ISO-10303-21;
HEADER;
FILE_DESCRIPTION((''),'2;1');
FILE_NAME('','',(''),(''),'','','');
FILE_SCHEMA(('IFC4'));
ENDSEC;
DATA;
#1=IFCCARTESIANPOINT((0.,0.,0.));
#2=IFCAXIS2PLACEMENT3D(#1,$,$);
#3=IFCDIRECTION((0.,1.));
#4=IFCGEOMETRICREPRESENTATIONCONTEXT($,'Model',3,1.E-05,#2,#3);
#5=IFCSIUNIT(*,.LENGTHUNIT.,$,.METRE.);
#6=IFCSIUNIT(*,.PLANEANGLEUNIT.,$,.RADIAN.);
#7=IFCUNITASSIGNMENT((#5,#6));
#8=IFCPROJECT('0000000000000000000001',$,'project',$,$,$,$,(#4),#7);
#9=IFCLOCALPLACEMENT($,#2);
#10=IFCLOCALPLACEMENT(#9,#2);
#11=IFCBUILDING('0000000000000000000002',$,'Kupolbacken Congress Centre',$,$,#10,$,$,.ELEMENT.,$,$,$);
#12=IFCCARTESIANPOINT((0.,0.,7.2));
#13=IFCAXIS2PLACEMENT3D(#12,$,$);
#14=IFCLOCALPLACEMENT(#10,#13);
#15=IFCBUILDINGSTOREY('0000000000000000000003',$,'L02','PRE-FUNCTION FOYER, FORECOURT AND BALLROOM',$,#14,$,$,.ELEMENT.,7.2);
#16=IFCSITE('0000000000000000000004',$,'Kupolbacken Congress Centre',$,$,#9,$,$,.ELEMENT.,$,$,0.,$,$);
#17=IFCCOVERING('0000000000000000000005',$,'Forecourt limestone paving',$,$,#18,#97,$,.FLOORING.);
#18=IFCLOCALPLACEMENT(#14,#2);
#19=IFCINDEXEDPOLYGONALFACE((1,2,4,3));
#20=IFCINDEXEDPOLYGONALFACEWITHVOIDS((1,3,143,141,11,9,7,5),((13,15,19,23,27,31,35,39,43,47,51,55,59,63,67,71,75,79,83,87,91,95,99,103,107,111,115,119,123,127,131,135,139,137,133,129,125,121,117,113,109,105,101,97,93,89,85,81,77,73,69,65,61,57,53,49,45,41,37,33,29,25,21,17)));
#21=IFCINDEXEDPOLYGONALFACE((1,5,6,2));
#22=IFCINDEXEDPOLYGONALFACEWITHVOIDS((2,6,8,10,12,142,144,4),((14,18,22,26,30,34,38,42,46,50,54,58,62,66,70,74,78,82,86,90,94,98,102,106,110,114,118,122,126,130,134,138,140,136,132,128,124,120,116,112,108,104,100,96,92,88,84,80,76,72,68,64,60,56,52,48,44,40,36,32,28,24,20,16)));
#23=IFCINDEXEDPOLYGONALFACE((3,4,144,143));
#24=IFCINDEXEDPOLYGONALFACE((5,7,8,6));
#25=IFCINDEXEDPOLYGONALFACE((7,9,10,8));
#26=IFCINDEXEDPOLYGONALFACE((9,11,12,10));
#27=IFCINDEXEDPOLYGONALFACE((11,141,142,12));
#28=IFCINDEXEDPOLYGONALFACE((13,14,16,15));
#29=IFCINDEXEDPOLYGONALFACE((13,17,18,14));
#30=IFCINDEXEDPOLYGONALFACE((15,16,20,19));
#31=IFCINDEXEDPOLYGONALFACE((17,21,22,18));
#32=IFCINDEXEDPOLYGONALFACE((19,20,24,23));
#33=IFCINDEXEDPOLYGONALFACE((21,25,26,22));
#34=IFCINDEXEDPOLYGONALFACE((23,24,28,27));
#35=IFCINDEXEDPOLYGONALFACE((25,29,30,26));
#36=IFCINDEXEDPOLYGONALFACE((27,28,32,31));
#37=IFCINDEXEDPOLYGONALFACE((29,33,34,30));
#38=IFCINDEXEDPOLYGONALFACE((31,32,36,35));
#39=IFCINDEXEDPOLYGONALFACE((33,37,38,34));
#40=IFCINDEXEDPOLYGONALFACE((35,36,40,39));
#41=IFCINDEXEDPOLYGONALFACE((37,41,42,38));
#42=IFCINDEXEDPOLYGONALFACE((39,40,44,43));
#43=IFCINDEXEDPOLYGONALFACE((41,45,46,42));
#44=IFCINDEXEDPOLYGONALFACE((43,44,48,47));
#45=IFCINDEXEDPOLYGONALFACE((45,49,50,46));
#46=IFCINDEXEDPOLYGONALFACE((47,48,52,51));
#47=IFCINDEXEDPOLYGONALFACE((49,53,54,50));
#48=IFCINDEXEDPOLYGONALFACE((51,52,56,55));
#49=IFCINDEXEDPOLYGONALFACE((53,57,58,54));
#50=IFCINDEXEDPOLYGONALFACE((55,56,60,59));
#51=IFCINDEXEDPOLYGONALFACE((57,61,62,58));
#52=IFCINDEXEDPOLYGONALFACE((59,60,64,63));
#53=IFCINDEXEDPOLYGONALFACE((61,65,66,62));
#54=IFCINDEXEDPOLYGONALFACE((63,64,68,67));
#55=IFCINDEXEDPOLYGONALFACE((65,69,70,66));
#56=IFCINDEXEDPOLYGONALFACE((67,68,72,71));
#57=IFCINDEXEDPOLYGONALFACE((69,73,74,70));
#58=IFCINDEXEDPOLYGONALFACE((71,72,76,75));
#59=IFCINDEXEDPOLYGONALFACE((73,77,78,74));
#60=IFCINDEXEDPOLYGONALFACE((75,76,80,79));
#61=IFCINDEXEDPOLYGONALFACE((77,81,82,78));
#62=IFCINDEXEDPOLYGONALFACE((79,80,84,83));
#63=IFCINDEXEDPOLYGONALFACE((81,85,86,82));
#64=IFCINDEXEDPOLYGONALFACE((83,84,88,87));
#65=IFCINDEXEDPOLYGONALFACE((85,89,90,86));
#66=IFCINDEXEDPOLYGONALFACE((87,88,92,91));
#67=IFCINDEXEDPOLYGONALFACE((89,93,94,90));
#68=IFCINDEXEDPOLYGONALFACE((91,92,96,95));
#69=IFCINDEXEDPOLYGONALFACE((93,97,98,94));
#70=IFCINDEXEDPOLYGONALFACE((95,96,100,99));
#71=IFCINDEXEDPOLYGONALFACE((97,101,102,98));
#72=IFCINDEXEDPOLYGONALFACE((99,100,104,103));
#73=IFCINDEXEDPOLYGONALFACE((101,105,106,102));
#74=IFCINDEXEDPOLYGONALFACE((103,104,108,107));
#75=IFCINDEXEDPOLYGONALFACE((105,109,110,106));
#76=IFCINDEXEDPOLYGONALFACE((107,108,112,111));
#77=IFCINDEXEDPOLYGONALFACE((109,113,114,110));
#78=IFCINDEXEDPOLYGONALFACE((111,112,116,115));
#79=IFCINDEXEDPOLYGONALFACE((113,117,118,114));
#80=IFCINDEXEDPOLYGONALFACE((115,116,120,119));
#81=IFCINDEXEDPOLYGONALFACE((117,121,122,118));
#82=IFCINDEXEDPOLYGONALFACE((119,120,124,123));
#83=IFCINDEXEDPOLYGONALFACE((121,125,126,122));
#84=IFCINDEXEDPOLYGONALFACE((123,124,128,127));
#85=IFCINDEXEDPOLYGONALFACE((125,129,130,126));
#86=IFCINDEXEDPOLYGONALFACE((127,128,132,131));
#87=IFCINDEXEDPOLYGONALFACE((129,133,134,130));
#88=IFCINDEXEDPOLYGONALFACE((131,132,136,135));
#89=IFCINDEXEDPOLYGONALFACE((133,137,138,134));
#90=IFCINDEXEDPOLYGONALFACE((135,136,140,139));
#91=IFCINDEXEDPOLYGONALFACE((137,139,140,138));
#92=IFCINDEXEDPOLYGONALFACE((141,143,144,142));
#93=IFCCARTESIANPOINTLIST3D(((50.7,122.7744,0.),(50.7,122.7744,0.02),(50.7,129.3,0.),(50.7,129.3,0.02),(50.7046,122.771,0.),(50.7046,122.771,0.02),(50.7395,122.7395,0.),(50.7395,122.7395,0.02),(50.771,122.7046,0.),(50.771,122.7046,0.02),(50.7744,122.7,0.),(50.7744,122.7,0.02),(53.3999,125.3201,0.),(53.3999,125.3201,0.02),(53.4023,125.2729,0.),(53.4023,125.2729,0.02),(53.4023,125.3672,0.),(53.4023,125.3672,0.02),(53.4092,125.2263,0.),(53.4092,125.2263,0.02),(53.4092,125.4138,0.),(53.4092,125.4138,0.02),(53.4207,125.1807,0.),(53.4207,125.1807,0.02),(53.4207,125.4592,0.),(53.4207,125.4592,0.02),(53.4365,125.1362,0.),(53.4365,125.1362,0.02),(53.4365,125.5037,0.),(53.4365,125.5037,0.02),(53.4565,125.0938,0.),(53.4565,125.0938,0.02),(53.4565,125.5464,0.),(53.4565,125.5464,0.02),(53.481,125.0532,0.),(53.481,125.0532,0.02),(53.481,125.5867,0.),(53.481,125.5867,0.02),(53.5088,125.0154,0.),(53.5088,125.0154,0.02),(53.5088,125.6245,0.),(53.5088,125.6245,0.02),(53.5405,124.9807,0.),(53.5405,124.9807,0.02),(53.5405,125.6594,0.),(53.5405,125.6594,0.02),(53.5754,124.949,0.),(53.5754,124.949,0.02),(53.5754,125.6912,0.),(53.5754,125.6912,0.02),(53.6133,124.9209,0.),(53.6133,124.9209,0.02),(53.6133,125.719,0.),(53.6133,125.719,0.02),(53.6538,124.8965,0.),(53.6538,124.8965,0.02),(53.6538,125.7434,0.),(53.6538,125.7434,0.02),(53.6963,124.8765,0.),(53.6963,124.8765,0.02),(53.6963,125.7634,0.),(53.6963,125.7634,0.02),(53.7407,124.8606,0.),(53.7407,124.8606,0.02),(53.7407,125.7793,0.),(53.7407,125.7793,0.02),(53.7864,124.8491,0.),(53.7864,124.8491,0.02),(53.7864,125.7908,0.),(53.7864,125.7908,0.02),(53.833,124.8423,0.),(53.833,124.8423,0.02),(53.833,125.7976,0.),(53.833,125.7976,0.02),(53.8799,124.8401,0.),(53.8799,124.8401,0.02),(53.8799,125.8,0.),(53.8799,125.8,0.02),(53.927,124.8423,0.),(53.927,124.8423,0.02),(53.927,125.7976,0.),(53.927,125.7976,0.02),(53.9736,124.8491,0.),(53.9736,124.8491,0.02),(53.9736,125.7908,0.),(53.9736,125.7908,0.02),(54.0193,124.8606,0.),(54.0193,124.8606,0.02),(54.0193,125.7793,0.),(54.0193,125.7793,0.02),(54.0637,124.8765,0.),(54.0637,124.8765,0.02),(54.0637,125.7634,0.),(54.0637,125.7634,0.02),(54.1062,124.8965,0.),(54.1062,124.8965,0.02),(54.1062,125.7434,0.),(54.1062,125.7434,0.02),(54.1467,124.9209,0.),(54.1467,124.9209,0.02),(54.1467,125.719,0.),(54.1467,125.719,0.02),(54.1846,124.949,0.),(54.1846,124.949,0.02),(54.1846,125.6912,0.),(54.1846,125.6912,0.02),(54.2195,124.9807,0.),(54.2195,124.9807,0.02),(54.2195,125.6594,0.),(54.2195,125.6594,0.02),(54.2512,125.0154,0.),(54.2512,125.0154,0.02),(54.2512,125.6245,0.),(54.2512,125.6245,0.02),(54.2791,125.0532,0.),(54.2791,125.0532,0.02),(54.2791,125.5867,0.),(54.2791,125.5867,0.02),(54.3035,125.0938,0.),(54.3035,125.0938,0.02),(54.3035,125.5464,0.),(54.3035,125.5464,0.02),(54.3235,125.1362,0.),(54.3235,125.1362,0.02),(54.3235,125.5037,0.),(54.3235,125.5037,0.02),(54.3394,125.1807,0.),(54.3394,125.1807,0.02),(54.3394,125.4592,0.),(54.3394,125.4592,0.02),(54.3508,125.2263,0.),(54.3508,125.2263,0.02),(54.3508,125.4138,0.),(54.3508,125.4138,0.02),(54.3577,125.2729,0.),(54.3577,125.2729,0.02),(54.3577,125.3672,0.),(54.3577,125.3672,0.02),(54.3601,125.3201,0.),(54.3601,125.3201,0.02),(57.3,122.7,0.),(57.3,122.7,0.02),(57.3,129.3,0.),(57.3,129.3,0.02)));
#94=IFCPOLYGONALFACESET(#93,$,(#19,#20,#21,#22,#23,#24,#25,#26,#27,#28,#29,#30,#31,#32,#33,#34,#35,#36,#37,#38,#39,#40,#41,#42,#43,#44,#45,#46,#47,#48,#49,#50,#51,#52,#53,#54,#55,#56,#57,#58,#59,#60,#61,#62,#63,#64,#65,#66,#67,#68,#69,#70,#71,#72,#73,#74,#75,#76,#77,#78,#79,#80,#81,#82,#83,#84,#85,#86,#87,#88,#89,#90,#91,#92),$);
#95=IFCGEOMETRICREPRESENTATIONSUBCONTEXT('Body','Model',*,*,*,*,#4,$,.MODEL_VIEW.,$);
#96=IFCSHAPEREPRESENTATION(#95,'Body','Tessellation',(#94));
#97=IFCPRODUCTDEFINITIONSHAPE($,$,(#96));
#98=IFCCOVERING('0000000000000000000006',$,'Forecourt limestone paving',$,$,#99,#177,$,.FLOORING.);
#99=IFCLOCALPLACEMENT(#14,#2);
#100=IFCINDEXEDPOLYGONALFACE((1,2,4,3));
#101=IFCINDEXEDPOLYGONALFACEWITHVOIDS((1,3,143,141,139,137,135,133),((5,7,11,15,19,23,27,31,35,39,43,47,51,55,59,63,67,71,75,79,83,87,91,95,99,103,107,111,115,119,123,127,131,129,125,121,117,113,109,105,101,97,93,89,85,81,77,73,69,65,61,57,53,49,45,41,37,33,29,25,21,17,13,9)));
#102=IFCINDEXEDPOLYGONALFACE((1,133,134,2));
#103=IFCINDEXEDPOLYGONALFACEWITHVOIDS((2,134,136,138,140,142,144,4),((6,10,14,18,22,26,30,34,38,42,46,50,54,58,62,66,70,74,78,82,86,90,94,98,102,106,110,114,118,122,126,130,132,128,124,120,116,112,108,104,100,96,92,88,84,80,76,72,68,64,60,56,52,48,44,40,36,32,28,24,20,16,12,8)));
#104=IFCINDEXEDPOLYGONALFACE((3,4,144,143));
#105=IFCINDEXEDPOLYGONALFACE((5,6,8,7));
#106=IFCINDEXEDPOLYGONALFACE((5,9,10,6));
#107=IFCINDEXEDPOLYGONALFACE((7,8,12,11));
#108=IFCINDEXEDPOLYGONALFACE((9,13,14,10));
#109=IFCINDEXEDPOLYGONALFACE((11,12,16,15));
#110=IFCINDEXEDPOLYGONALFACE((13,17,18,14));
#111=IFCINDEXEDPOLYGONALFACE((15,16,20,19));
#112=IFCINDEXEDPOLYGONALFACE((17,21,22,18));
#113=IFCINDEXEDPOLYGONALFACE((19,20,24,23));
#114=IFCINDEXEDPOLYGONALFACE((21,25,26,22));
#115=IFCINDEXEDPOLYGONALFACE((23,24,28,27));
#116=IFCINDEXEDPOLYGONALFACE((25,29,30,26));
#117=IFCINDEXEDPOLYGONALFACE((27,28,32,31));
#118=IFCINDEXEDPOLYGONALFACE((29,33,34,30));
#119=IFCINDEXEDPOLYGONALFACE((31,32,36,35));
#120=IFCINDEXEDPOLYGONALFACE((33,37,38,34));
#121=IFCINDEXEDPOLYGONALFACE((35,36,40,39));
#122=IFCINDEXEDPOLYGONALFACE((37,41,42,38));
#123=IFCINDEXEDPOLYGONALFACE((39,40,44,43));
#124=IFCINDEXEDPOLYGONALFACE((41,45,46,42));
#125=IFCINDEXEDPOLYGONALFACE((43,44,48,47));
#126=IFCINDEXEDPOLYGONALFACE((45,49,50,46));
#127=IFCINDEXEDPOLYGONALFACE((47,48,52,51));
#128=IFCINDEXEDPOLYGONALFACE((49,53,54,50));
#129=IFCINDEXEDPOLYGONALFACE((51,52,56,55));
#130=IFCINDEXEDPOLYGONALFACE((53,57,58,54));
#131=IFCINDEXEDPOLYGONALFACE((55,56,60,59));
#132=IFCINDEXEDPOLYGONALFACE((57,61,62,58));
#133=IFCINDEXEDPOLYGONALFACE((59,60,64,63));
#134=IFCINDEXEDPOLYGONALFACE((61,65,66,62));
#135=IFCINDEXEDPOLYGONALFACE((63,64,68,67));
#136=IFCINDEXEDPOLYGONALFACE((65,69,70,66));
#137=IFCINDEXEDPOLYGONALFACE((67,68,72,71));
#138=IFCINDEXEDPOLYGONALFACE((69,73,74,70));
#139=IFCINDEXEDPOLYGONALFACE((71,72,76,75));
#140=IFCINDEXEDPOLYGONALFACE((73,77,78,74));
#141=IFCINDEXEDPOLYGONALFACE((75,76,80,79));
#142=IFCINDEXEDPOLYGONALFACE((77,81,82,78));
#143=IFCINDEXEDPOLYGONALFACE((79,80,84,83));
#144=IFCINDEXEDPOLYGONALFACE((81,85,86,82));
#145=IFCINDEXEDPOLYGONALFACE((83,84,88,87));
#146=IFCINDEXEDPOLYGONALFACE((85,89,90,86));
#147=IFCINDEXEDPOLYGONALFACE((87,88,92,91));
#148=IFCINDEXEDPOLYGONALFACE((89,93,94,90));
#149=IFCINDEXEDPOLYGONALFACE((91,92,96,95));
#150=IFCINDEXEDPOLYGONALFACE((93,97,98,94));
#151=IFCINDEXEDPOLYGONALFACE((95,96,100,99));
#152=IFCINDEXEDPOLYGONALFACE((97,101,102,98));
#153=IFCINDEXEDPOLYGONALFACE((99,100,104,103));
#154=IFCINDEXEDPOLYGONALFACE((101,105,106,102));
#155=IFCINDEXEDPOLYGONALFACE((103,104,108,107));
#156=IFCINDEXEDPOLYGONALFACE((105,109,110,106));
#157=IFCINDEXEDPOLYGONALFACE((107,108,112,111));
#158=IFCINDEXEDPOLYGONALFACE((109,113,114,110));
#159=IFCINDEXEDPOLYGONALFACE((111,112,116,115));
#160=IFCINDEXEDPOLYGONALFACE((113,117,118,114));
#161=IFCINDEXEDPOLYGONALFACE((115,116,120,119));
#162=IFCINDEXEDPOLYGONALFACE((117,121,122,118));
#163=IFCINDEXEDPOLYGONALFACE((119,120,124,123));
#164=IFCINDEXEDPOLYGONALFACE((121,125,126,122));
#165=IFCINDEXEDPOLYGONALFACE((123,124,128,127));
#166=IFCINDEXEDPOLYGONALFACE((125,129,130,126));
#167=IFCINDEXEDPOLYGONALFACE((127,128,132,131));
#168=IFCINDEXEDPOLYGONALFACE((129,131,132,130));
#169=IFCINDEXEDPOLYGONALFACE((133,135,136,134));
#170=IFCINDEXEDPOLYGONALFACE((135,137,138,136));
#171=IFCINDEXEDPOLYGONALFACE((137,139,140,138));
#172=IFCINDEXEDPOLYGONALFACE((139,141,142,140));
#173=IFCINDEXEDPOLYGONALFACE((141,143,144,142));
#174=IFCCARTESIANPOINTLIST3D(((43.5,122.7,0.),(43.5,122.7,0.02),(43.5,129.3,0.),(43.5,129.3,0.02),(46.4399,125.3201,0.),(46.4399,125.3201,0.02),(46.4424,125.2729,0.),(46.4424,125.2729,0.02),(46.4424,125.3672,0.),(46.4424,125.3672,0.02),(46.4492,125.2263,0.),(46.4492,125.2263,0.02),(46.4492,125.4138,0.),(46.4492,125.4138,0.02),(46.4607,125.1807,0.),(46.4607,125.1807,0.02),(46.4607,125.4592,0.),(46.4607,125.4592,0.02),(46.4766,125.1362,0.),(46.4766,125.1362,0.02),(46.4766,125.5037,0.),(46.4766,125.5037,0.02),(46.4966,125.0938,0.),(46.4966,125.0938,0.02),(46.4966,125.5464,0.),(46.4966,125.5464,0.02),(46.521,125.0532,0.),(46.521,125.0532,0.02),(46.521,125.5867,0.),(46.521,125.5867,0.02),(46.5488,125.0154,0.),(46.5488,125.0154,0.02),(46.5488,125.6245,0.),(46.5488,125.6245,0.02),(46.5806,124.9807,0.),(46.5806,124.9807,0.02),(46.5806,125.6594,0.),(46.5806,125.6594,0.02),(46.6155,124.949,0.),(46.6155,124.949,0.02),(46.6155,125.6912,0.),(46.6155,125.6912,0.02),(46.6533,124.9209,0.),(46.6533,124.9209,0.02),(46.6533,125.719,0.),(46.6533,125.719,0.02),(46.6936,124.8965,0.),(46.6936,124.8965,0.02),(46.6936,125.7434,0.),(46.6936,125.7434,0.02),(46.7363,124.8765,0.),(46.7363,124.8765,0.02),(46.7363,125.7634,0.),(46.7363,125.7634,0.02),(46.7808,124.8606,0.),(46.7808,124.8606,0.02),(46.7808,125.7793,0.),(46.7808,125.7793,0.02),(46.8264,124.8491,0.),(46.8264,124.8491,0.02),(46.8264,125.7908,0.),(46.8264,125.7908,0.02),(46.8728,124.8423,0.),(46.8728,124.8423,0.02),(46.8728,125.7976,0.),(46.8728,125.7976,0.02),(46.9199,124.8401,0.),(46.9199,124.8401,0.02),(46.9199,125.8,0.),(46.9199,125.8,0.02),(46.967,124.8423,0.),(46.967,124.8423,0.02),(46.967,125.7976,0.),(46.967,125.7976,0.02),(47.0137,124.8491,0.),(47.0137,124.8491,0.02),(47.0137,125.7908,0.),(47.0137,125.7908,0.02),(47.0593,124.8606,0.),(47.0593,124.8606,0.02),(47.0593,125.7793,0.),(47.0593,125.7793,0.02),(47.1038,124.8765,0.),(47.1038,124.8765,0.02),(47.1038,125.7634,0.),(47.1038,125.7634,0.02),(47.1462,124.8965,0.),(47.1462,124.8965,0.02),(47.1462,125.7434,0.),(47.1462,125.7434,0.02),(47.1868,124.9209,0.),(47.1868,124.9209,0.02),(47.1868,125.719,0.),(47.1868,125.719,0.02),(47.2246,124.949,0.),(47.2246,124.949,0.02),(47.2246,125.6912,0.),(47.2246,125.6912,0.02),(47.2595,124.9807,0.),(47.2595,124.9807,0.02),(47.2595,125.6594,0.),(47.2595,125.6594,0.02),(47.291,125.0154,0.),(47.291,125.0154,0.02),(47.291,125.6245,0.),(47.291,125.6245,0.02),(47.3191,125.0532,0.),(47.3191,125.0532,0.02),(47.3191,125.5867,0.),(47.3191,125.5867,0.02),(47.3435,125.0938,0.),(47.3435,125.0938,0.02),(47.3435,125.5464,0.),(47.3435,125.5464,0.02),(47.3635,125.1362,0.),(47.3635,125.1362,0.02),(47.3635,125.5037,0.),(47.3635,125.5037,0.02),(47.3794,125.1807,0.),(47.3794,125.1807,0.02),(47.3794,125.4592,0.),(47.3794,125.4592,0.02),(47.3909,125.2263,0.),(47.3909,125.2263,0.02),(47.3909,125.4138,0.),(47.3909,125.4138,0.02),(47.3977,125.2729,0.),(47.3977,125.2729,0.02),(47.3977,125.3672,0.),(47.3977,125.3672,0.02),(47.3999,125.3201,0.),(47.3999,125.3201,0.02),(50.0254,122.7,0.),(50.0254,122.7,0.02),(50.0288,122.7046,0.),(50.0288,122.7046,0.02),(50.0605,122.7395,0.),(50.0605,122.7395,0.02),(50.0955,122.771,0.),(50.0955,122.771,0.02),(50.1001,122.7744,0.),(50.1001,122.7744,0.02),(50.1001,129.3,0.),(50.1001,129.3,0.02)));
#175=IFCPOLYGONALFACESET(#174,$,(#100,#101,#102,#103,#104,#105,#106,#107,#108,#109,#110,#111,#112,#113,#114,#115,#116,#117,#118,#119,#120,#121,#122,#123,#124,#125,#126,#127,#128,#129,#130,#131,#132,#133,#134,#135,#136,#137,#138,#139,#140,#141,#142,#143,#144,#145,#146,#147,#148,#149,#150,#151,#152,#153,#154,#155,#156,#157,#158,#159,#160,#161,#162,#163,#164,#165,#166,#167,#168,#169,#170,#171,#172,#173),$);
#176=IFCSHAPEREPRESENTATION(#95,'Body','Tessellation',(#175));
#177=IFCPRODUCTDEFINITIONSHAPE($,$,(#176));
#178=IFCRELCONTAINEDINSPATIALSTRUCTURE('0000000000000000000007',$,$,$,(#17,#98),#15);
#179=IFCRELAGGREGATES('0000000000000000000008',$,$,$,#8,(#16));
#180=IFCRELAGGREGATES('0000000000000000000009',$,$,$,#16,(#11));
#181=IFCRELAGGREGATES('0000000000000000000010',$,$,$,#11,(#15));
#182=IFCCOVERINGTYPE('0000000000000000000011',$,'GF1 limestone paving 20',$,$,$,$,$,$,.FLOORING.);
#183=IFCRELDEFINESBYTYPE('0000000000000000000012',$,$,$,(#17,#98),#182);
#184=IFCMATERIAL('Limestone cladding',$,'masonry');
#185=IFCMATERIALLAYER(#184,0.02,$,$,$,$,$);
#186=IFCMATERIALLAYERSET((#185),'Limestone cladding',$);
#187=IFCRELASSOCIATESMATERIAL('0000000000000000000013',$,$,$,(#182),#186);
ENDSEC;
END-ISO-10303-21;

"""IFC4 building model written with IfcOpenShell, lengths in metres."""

from ifc_helpers import new_model, si_unit, direction, frame, origin, place, context, subcontext, project, spatial, polyline, outline, extrude, material, layer, layer_set, type_object, element, save


model = new_model("IFC4")

# Units and contexts
model_context = context("Model", 3, precision=1e-05, world=origin(), true_north=direction((0.0, 1.0)))
body_context = subcontext(model_context, "Body", "Model", "MODEL_VIEW")
ifc_project = project(units=[si_unit("LENGTHUNIT", "METRE"), si_unit("PLANEANGLEUNIT", "RADIAN")], contexts=[model_context])

# Site, building, storey
site_placement = place(None, origin())
site = spatial("IfcSite", under=ifc_project, at=site_placement, Name="Kupolbacken Congress Centre", CompositionType="ELEMENT", RefElevation=0.0)
building_placement = place(site_placement, origin())
building = spatial("IfcBuilding", under=site, at=building_placement, Name="Kupolbacken Congress Centre", CompositionType="ELEMENT")
storey_placement = place(building_placement, frame((0.0, 0.0, 7.2)))
storey = spatial("IfcBuildingStorey", under=building, at=storey_placement, Name="L02", Description="PRE-FUNCTION FOYER, FORECOURT AND BALLROOM", CompositionType="ELEMENT", Elevation=7.2)

# Coverings
ifc_material = material(Name="Limestone cladding", Category="masonry")
ifc_layer = layer(ifc_material, 0.02)
ifc_layer_set = layer_set([ifc_layer], Name="Limestone cladding")
covering_type = type_object("IfcCoveringType", Name="GF1 limestone paving 20", PredefinedType="FLOORING", material=ifc_layer_set)
covering_1_placement = place(storey_placement, origin())
element("IfcCovering", 1, at=covering_1_placement, inside=storey, type_object=covering_type, Name="Forecourt limestone paving", PredefinedType="FLOORING", context=body_context, shape_type="SweptSolid", body=[
    extrude(outline(polyline([(50.771, 122.7046), (50.7395, 122.7395), (50.7046, 122.771), (50.6667, 122.7991), (50.7, 122.7744), (50.7, 129.3), (57.3, 129.3), (57.3, 122.7), (50.7744, 122.7), (50.7915, 122.677), (50.771, 122.7046)]), holes=[polyline([(54.3508, 125.2263), (54.3577, 125.2729), (54.3601, 125.3201), (54.3577, 125.3672), (54.3508, 125.4138), (54.3394, 125.4592), (54.3235, 125.5037), (54.3035, 125.5464), (54.2791, 125.5867), (54.2512, 125.6245), (54.2195, 125.6594), (54.1846, 125.6912), (54.1467, 125.719), (54.1062, 125.7434), (54.0637, 125.7634), (54.0193, 125.7793), (53.9736, 125.7908), (53.927, 125.7976), (53.8799, 125.8), (53.833, 125.7976), (53.7864, 125.7908), (53.7407, 125.7793), (53.6963, 125.7634), (53.6538, 125.7434), (53.6133, 125.719), (53.5754, 125.6912), (53.5405, 125.6594), (53.5088, 125.6245), (53.481, 125.5867), (53.4565, 125.5464), (53.4365, 125.5037), (53.4207, 125.4592), (53.4092, 125.4138), (53.4023, 125.3672), (53.3999, 125.3201), (53.4023, 125.2729), (53.4092, 125.2263), (53.4207, 125.1807), (53.4365, 125.1362), (53.4565, 125.0938), (53.481, 125.0532), (53.5088, 125.0154), (53.5405, 124.9807), (53.5754, 124.949), (53.6133, 124.9209), (53.6538, 124.8965), (53.6963, 124.8765), (53.7407, 124.8606), (53.7864, 124.8491), (53.833, 124.8423), (53.8799, 124.8401), (53.927, 124.8423), (53.9736, 124.8491), (54.0193, 124.8606), (54.0637, 124.8765), (54.1062, 124.8965), (54.1467, 124.9209), (54.1846, 124.949), (54.2195, 124.9807), (54.2512, 125.0154), (54.2791, 125.0532), (54.3035, 125.0938), (54.3235, 125.1362), (54.3394, 125.1807), (54.3508, 125.2263)])]), origin(), (0.0, 0.0, 1.0), 0.02),
])
covering_2_placement = place(storey_placement, origin())
element("IfcCovering", 2, at=covering_2_placement, inside=storey, type_object=covering_type, Name="Forecourt limestone paving", PredefinedType="FLOORING", context=body_context, shape_type="SweptSolid", body=[
    extrude(outline(polyline([(50.0955, 122.771), (50.0605, 122.7395), (50.0288, 122.7046), (50.0085, 122.677), (50.0256, 122.7), (43.5, 122.7), (43.5, 129.3), (50.1001, 129.3), (50.1001, 122.7744), (50.1333, 122.7991), (50.0955, 122.771)]), holes=[polyline([(47.3909, 125.2263), (47.3977, 125.2729), (47.3999, 125.3201), (47.3977, 125.3672), (47.3909, 125.4138), (47.3794, 125.4592), (47.3635, 125.5037), (47.3435, 125.5464), (47.3191, 125.5867), (47.291, 125.6245), (47.2595, 125.6594), (47.2246, 125.6912), (47.1868, 125.719), (47.1462, 125.7434), (47.1038, 125.7634), (47.0593, 125.7793), (47.0137, 125.7908), (46.967, 125.7976), (46.9199, 125.8), (46.8728, 125.7976), (46.8264, 125.7908), (46.7808, 125.7793), (46.7363, 125.7634), (46.6936, 125.7434), (46.6533, 125.719), (46.6155, 125.6912), (46.5806, 125.6594), (46.5488, 125.6245), (46.521, 125.5867), (46.4966, 125.5464), (46.4766, 125.5037), (46.4607, 125.4592), (46.4492, 125.4138), (46.4424, 125.3672), (46.4399, 125.3201), (46.4424, 125.2729), (46.4492, 125.2263), (46.4607, 125.1807), (46.4766, 125.1362), (46.4966, 125.0938), (46.521, 125.0532), (46.5488, 125.0154), (46.5806, 124.9807), (46.6155, 124.949), (46.6533, 124.9209), (46.6936, 124.8965), (46.7363, 124.8765), (46.7808, 124.8606), (46.8264, 124.8491), (46.8728, 124.8423), (46.9199, 124.8401), (46.967, 124.8423), (47.0137, 124.8491), (47.0593, 124.8606), (47.1038, 124.8765), (47.1462, 124.8965), (47.1868, 124.9209), (47.2246, 124.949), (47.2595, 124.9807), (47.291, 125.0154), (47.3191, 125.0532), (47.3435, 125.0938), (47.3635, 125.1362), (47.3794, 125.1807), (47.3909, 125.2263)])]), origin(), (0.0, 0.0, 1.0), 0.02),
])

save(model, "model.ifc")
